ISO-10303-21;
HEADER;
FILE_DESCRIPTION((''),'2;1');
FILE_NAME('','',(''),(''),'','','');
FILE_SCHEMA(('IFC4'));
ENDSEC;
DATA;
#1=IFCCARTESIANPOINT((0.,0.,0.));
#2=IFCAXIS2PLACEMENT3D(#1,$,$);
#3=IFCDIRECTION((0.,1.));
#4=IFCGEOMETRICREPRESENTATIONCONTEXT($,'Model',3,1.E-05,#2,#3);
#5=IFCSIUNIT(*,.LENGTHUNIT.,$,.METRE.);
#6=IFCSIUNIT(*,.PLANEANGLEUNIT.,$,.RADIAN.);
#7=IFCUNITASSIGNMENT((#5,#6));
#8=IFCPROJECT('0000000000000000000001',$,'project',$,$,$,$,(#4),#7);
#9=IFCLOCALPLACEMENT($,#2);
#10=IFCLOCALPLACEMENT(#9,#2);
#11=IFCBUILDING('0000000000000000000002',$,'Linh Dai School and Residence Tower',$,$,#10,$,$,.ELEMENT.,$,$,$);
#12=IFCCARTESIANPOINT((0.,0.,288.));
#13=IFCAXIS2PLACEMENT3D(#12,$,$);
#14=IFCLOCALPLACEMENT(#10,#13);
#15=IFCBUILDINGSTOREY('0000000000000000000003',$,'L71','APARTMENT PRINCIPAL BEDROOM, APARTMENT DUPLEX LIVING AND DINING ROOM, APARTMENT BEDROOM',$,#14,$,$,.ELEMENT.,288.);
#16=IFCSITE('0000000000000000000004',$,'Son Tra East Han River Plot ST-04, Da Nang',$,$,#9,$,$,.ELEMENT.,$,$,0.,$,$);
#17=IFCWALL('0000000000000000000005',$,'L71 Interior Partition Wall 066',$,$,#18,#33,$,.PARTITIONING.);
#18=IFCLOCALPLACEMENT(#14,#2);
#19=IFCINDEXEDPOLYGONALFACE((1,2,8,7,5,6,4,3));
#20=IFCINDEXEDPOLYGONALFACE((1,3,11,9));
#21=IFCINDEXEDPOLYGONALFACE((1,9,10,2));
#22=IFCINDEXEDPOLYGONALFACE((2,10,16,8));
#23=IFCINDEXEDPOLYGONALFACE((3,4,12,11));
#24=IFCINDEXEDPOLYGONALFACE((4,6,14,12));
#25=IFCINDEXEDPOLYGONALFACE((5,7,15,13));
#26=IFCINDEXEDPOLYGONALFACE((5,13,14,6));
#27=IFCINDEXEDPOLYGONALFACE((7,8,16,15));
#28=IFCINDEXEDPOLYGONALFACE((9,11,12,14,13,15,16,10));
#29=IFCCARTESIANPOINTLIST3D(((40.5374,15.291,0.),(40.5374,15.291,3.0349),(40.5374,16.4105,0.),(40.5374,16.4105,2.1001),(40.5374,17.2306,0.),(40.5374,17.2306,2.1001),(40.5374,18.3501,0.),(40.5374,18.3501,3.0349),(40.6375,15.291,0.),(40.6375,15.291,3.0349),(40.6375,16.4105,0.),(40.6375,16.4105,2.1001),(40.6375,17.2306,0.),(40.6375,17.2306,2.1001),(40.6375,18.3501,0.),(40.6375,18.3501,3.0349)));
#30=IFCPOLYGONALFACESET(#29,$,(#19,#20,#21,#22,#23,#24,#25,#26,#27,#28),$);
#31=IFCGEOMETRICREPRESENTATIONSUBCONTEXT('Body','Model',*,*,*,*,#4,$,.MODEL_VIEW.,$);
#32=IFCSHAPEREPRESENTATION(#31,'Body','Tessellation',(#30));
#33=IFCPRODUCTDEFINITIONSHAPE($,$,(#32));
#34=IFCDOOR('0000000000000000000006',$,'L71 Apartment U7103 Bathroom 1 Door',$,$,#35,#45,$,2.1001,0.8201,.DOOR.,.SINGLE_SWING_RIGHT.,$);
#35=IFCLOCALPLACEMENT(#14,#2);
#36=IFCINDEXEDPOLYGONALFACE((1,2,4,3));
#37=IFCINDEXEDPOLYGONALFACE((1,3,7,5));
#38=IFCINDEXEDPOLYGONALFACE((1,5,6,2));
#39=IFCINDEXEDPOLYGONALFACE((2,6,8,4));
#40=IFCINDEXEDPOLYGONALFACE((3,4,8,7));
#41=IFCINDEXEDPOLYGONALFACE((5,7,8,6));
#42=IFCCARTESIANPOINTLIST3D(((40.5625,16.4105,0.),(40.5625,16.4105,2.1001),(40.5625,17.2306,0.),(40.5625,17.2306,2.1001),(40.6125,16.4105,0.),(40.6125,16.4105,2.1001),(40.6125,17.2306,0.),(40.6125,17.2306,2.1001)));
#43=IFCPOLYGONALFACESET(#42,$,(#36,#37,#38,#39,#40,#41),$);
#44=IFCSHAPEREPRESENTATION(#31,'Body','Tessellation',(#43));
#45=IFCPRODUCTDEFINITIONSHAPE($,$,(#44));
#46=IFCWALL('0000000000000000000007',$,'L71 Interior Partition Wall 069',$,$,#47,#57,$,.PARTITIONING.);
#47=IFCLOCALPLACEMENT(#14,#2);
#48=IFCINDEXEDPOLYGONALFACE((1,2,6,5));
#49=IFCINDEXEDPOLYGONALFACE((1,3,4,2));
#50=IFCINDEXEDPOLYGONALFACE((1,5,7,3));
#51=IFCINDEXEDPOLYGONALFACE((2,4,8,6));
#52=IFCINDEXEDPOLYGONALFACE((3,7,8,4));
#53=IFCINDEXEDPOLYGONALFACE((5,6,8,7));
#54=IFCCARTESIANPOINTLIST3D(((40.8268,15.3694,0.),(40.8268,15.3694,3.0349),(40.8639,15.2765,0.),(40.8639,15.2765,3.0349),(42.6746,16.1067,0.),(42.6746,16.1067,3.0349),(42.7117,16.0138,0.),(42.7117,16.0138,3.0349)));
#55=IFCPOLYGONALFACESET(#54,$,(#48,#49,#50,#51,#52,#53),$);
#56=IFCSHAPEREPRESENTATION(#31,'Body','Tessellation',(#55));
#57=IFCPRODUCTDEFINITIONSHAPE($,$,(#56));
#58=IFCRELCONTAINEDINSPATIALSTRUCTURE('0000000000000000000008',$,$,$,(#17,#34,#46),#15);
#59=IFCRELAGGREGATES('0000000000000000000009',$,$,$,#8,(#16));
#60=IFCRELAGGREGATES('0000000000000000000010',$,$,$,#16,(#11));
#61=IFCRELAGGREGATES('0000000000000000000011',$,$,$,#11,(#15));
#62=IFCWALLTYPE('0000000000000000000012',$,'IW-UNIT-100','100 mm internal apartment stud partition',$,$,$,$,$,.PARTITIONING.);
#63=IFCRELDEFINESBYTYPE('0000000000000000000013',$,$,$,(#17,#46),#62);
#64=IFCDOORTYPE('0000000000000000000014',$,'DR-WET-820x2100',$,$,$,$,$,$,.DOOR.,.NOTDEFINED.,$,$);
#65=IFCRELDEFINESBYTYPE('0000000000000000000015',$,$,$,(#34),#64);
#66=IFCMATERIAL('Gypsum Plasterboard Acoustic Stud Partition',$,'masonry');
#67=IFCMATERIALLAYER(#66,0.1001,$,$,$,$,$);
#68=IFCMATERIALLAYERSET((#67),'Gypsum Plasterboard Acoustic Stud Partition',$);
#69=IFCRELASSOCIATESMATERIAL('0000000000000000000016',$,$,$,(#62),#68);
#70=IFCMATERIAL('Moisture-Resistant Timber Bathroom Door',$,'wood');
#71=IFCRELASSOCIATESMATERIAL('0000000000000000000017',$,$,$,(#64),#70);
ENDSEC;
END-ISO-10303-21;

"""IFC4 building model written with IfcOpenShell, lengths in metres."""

from ifc_helpers import new_model, si_unit, direction, frame, frame_2d, origin, origin_2d, place, context, subcontext, project, spatial, rectangle, extrude, source, transform, mapped, material, layer, layer_set, type_object, element, fill, save


model = new_model("IFC4")

# Units and contexts
model_context = context("Model", 3, precision=1e-05, world=origin(), true_north=direction((0.0, 1.0)))
body_context = subcontext(model_context, "Body", "Model", "MODEL_VIEW")
ifc_project = project(units=[si_unit("LENGTHUNIT", "METRE"), si_unit("PLANEANGLEUNIT", "RADIAN")], contexts=[model_context])

# Site, building, storey
site_placement = place(None, origin())
site = spatial("IfcSite", under=ifc_project, at=site_placement, Name="Son Tra East Han River Plot ST-04, Da Nang", CompositionType="ELEMENT", RefElevation=0.0)
building_placement = place(site_placement, origin())
building = spatial("IfcBuilding", under=site, at=building_placement, Name="Linh Dai School and Residence Tower", CompositionType="ELEMENT")
storey_placement = place(building_placement, frame((0.0, 0.0, 288.0)))
storey = spatial("IfcBuildingStorey", under=building, at=storey_placement, Name="L71", Description="APARTMENT PRINCIPAL BEDROOM, APARTMENT DUPLEX LIVING AND DINING ROOM, APARTMENT BEDROOM", CompositionType="ELEMENT", Elevation=288.0)

# Shared definitions
ifc_material_1 = material(Name="Gypsum Plasterboard Acoustic Stud Partition", Category="masonry")
ifc_layer_1 = layer(ifc_material_1, 0.1001)
ifc_layer_set_1 = layer_set([ifc_layer_1], Name="Gypsum Plasterboard Acoustic Stud Partition")
wall_type_1 = type_object("IfcWallType", Name="IW-UNIT-100", Description="100 mm internal apartment stud partition", PredefinedType="PARTITIONING", material=ifc_layer_set_1)

# Wall, opening, door
wall_1_placement = place(storey_placement, frame((40.5874, 15.291, 0.0), z_axis=(0.0, 0.0, 1.0), x_axis=(0.0, 1.0, 0.0)))
wall_1 = element("IfcWall", 1, at=wall_1_placement, inside=storey, type_object=wall_type_1, Name="L71 Interior Partition Wall 066", PredefinedType="PARTITIONING", context=body_context, shape_type="SweptSolid", body=[
    extrude(rectangle(XDim=3.0591, YDim=0.1001, at=frame_2d((1.5295, 0.0))), origin(), (0.0, 0.0, 1.0), 3.0349),
])
opening_1_placement = place(wall_1_placement, frame((1.1194, 0.0, 0.0)))
opening_1 = element("IfcOpeningElement", 2, at=opening_1_placement, cuts=wall_1, PredefinedType="OPENING", context=body_context, shape_type="SweptSolid", body=[
    extrude(rectangle(XDim=0.8201, YDim=2.1001, at=origin_2d()), frame((0.4102, 0.0601, 1.05), z_axis=(0.0, -1.0, 0.0), x_axis=(1.0, 0.0, 0.0)), (0.0, 0.0, 1.0), 0.1201),
])
ifc_material_2 = material(Name="Moisture-Resistant Timber Bathroom Door", Category="wood")
door_type_1 = type_object("IfcDoorType", Name="DR-WET-820x2100", OperationType="NOTDEFINED", PredefinedType="DOOR", material=ifc_material_2)
shared_shape_1 = source(origin(), body_context, "Body", "SweptSolid", [
    extrude(rectangle(XDim=0.8201, YDim=2.1001, at=origin_2d()), frame((0.4102, 0.0249, 1.05), z_axis=(0.0, -1.0, 0.0), x_axis=(1.0, 0.0, 0.0)), (0.0, 0.0, 1.0), 0.05),
])
door_1_placement = place(opening_1_placement, origin())
door_1 = element("IfcDoor", 3, at=door_1_placement, inside=storey, type_object=door_type_1, Name="L71 Apartment U7103 Bathroom 1 Door", OperationType="SINGLE_SWING_RIGHT", OverallHeight=2.1001, OverallWidth=0.8201, PredefinedType="DOOR", context=body_context, shape_type="MappedRepresentation", body=[
    mapped(shared_shape_1, transform((0.0, 0.0, 0.0), x_axis=(1.0, 0.0, 0.0), y_axis=(0.0, 1.0, 0.0), z_axis=(0.0, 0.0, 1.0), scale=1.0)),
])
fill(opening_1, door_1)

# Wall
wall_2_placement = place(storey_placement, frame((40.8455, 15.323, 0.0), z_axis=(0.0, 0.0, 1.0), x_axis=(0.928798, 0.370587, 0.0)))
element("IfcWall", 4, at=wall_2_placement, inside=storey, type_object=wall_type_1, Name="L71 Interior Partition Wall 069", PredefinedType="PARTITIONING", context=body_context, shape_type="SweptSolid", body=[
    extrude(rectangle(XDim=1.9895, YDim=0.1001, at=frame_2d((0.9946, 0.0))), origin(), (0.0, 0.0, 1.0), 3.0349),
])

save(model, "model.ifc")
